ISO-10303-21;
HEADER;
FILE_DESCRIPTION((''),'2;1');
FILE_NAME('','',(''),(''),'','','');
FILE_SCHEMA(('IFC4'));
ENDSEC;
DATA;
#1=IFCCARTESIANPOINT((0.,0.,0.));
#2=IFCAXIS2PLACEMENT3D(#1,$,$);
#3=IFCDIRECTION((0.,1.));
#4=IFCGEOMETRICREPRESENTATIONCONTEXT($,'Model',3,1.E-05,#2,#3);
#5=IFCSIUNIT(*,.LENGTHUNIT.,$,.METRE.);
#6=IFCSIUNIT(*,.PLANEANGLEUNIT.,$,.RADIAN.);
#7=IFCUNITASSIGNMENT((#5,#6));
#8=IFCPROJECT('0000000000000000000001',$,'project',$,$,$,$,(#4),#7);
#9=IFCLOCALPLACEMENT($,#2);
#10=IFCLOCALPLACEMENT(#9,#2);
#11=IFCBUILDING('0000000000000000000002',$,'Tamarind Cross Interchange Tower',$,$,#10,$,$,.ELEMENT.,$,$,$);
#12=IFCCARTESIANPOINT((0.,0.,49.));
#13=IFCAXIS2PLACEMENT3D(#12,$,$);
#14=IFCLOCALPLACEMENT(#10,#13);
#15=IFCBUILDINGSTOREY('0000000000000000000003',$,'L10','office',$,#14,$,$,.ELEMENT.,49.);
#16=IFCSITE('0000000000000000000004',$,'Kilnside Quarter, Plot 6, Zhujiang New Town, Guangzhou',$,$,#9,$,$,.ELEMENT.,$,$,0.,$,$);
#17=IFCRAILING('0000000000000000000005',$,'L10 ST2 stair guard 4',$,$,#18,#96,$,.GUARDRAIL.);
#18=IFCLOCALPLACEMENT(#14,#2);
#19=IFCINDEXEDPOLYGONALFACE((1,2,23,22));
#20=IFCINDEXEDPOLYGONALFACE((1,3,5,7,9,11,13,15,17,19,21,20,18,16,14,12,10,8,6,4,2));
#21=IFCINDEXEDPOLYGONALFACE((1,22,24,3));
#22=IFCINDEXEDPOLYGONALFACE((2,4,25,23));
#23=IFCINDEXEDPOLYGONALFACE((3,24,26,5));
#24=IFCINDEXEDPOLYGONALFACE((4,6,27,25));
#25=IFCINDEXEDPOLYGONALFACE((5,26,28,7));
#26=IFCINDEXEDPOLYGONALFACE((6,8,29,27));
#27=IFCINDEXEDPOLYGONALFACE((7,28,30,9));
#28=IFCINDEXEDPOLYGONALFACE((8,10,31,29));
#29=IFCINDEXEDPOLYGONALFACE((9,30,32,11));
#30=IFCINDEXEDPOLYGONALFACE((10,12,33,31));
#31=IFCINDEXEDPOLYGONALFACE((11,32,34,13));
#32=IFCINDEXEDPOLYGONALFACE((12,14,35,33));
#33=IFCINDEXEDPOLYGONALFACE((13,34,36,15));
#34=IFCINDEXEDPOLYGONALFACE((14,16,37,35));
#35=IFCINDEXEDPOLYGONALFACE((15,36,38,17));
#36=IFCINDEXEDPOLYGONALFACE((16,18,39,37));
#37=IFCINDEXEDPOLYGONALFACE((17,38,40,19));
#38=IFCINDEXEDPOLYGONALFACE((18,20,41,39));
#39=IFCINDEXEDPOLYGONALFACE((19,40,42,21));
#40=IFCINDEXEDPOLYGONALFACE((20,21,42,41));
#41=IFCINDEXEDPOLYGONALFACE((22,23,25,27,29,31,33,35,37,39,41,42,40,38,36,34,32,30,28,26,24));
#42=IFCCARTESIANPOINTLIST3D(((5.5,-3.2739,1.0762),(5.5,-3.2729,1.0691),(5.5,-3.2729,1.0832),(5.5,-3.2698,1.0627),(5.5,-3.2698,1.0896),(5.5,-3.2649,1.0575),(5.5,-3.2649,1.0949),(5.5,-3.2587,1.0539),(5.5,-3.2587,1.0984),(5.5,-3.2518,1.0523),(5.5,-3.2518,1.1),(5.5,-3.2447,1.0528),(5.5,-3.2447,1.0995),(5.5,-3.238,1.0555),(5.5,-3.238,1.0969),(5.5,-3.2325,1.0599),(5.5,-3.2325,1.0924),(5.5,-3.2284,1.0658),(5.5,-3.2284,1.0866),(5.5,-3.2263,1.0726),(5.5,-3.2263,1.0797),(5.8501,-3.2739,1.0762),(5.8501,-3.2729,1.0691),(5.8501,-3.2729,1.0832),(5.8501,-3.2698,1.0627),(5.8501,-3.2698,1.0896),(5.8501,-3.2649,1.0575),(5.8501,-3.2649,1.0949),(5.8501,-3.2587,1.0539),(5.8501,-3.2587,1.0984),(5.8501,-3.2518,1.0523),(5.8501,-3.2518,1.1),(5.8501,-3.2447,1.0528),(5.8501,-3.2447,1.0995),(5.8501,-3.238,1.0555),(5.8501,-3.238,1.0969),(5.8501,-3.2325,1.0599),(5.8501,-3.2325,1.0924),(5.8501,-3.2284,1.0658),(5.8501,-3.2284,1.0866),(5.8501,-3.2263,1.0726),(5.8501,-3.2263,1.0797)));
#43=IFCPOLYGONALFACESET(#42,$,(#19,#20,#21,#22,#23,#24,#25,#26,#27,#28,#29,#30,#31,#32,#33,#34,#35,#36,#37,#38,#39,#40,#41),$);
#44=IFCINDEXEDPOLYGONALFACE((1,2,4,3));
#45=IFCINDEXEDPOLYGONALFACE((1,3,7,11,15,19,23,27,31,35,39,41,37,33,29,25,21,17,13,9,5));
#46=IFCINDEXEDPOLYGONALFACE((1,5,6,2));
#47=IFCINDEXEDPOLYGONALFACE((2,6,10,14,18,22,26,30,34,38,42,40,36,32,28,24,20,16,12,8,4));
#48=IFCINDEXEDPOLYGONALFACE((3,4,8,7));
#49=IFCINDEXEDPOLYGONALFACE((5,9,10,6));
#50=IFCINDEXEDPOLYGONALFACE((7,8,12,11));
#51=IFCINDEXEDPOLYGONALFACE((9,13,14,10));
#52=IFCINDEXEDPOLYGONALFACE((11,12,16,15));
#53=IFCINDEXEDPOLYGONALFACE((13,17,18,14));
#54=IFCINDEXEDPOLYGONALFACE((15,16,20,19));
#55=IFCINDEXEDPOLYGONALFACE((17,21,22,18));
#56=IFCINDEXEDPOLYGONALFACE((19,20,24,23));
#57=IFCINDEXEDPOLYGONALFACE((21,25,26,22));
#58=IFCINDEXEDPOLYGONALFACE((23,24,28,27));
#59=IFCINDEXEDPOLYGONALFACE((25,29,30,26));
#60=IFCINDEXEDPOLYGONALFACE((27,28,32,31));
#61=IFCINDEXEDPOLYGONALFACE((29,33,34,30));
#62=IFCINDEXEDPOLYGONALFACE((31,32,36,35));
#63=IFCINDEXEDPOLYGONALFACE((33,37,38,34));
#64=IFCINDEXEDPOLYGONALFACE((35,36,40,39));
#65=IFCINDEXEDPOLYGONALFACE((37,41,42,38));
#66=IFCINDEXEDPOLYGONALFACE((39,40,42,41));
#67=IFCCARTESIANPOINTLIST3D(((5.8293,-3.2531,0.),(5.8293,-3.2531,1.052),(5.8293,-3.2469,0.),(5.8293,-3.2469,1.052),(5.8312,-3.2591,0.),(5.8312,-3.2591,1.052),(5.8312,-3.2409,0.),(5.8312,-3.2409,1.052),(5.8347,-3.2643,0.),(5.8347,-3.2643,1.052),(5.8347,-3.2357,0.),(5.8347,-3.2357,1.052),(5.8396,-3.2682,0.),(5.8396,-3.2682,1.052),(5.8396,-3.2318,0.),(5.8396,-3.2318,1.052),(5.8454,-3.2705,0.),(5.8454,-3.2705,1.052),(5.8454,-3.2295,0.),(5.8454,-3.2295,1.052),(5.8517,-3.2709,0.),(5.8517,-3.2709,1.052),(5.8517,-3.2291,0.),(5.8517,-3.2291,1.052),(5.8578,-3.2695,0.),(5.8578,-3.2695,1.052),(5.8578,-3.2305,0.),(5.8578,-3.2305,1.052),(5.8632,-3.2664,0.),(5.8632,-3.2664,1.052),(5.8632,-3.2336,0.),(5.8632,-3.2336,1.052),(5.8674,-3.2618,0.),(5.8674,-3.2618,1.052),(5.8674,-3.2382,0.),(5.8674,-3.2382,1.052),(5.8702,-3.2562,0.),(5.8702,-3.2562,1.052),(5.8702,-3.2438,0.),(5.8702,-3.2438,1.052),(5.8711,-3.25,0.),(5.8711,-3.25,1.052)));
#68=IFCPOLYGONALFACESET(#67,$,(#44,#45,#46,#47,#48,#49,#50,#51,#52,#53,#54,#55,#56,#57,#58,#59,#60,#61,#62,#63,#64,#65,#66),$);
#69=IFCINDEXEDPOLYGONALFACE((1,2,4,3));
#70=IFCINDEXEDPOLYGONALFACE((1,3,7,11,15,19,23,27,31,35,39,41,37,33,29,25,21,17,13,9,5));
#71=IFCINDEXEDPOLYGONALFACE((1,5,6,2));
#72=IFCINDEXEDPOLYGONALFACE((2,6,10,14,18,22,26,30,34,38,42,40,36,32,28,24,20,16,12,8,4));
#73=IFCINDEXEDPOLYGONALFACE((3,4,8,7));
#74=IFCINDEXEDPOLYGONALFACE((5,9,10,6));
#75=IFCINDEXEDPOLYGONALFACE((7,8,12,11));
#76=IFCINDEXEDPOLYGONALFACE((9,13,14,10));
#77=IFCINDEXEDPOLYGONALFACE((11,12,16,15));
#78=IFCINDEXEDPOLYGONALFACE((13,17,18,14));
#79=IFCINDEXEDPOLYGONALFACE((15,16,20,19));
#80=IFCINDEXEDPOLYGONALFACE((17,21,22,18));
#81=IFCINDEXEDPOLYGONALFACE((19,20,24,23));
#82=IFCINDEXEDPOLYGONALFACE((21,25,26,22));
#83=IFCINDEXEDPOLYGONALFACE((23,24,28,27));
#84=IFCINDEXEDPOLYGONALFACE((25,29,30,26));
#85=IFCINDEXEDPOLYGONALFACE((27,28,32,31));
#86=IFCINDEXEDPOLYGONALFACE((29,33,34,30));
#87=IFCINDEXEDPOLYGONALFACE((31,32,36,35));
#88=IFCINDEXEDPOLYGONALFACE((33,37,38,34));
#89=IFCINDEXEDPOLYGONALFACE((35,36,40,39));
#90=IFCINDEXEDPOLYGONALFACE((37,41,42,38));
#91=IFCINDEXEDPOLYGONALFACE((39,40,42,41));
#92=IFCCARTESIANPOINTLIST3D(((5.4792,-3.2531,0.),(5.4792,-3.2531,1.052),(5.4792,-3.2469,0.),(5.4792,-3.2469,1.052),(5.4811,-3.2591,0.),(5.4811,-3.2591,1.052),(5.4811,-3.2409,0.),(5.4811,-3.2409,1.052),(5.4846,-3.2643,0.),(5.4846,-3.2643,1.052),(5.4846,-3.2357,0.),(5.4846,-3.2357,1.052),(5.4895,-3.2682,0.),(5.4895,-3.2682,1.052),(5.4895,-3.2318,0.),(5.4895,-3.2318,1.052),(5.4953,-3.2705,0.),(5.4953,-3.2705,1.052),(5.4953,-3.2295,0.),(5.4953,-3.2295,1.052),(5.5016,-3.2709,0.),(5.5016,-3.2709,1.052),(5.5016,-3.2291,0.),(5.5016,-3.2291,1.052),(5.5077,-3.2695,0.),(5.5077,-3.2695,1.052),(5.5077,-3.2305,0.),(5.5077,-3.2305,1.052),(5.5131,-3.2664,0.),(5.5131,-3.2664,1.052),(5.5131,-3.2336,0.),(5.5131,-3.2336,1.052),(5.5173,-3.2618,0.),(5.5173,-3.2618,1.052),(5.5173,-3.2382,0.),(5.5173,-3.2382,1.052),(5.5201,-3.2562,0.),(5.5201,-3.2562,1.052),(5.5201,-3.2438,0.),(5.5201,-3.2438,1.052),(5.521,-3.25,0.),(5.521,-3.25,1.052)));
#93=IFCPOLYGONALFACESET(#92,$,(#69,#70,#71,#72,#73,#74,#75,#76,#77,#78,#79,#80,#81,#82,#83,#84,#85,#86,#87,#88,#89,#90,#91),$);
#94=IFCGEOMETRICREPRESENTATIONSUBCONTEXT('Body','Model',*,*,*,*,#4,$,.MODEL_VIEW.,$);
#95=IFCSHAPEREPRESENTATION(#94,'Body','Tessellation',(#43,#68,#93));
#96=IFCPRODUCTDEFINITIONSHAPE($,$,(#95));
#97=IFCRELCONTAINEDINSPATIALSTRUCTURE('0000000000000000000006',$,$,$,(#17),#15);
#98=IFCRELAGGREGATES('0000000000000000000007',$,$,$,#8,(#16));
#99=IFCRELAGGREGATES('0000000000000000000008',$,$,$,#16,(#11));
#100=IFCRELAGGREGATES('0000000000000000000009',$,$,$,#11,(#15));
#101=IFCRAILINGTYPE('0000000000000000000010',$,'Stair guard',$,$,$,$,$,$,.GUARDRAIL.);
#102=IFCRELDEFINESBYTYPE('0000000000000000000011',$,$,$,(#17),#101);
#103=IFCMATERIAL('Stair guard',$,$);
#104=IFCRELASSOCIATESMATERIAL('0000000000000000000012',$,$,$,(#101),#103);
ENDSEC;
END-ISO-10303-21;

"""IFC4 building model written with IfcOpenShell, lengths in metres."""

from ifc_helpers import new_model, si_unit, direction, frame, origin, origin_2d, place, context, subcontext, project, spatial, circle, extrude, material, type_object, element, save


model = new_model("IFC4")

# Units and contexts
model_context = context("Model", 3, precision=1e-05, world=origin(), true_north=direction((0.0, 1.0)))
body_context = subcontext(model_context, "Body", "Model", "MODEL_VIEW")
ifc_project = project(units=[si_unit("LENGTHUNIT", "METRE"), si_unit("PLANEANGLEUNIT", "RADIAN")], contexts=[model_context])

# Site, building, storey
site_placement = place(None, origin())
site = spatial("IfcSite", under=ifc_project, at=site_placement, Name="Kilnside Quarter, Plot 6, Zhujiang New Town, Guangzhou", CompositionType="ELEMENT", RefElevation=0.0)
building_placement = place(site_placement, origin())
building = spatial("IfcBuilding", under=site, at=building_placement, Name="Tamarind Cross Interchange Tower", CompositionType="ELEMENT")
storey_placement = place(building_placement, frame((0.0, 0.0, 49.0)))
storey = spatial("IfcBuildingStorey", under=building, at=storey_placement, Name="L10", Description="office", CompositionType="ELEMENT", Elevation=49.0)

# Railing
ifc_material_1 = material(Name="Stair guard")
railing_type_1 = type_object("IfcRailingType", Name="Stair guard", PredefinedType="GUARDRAIL", material=ifc_material_1)
railing_1_placement = place(storey_placement, frame((5.8501, -3.25, 0.0)))
element("IfcRailing", 1, at=railing_1_placement, inside=storey, type_object=railing_type_1, Name="L10 ST2 stair guard 4", PredefinedType="GUARDRAIL", context=body_context, shape_type="SweptSolid", body=[
    extrude(circle(Radius=0.0239, at=origin_2d()), frame((0.0, 0.0, 1.0762), z_axis=(-1.0, 0.0, 0.0), x_axis=(0.0, -1.0, 0.0)), (0.0, 0.0, 1.0), 0.3501),
    extrude(circle(Radius=0.021, at=origin_2d()), origin(), (0.0, 0.0, 1.0), 1.052),
    extrude(circle(Radius=0.021, at=origin_2d()), frame((-0.3501, 0.0, 0.0)), (0.0, 0.0, 1.0), 1.052),
])

save(model, "model.ifc")
